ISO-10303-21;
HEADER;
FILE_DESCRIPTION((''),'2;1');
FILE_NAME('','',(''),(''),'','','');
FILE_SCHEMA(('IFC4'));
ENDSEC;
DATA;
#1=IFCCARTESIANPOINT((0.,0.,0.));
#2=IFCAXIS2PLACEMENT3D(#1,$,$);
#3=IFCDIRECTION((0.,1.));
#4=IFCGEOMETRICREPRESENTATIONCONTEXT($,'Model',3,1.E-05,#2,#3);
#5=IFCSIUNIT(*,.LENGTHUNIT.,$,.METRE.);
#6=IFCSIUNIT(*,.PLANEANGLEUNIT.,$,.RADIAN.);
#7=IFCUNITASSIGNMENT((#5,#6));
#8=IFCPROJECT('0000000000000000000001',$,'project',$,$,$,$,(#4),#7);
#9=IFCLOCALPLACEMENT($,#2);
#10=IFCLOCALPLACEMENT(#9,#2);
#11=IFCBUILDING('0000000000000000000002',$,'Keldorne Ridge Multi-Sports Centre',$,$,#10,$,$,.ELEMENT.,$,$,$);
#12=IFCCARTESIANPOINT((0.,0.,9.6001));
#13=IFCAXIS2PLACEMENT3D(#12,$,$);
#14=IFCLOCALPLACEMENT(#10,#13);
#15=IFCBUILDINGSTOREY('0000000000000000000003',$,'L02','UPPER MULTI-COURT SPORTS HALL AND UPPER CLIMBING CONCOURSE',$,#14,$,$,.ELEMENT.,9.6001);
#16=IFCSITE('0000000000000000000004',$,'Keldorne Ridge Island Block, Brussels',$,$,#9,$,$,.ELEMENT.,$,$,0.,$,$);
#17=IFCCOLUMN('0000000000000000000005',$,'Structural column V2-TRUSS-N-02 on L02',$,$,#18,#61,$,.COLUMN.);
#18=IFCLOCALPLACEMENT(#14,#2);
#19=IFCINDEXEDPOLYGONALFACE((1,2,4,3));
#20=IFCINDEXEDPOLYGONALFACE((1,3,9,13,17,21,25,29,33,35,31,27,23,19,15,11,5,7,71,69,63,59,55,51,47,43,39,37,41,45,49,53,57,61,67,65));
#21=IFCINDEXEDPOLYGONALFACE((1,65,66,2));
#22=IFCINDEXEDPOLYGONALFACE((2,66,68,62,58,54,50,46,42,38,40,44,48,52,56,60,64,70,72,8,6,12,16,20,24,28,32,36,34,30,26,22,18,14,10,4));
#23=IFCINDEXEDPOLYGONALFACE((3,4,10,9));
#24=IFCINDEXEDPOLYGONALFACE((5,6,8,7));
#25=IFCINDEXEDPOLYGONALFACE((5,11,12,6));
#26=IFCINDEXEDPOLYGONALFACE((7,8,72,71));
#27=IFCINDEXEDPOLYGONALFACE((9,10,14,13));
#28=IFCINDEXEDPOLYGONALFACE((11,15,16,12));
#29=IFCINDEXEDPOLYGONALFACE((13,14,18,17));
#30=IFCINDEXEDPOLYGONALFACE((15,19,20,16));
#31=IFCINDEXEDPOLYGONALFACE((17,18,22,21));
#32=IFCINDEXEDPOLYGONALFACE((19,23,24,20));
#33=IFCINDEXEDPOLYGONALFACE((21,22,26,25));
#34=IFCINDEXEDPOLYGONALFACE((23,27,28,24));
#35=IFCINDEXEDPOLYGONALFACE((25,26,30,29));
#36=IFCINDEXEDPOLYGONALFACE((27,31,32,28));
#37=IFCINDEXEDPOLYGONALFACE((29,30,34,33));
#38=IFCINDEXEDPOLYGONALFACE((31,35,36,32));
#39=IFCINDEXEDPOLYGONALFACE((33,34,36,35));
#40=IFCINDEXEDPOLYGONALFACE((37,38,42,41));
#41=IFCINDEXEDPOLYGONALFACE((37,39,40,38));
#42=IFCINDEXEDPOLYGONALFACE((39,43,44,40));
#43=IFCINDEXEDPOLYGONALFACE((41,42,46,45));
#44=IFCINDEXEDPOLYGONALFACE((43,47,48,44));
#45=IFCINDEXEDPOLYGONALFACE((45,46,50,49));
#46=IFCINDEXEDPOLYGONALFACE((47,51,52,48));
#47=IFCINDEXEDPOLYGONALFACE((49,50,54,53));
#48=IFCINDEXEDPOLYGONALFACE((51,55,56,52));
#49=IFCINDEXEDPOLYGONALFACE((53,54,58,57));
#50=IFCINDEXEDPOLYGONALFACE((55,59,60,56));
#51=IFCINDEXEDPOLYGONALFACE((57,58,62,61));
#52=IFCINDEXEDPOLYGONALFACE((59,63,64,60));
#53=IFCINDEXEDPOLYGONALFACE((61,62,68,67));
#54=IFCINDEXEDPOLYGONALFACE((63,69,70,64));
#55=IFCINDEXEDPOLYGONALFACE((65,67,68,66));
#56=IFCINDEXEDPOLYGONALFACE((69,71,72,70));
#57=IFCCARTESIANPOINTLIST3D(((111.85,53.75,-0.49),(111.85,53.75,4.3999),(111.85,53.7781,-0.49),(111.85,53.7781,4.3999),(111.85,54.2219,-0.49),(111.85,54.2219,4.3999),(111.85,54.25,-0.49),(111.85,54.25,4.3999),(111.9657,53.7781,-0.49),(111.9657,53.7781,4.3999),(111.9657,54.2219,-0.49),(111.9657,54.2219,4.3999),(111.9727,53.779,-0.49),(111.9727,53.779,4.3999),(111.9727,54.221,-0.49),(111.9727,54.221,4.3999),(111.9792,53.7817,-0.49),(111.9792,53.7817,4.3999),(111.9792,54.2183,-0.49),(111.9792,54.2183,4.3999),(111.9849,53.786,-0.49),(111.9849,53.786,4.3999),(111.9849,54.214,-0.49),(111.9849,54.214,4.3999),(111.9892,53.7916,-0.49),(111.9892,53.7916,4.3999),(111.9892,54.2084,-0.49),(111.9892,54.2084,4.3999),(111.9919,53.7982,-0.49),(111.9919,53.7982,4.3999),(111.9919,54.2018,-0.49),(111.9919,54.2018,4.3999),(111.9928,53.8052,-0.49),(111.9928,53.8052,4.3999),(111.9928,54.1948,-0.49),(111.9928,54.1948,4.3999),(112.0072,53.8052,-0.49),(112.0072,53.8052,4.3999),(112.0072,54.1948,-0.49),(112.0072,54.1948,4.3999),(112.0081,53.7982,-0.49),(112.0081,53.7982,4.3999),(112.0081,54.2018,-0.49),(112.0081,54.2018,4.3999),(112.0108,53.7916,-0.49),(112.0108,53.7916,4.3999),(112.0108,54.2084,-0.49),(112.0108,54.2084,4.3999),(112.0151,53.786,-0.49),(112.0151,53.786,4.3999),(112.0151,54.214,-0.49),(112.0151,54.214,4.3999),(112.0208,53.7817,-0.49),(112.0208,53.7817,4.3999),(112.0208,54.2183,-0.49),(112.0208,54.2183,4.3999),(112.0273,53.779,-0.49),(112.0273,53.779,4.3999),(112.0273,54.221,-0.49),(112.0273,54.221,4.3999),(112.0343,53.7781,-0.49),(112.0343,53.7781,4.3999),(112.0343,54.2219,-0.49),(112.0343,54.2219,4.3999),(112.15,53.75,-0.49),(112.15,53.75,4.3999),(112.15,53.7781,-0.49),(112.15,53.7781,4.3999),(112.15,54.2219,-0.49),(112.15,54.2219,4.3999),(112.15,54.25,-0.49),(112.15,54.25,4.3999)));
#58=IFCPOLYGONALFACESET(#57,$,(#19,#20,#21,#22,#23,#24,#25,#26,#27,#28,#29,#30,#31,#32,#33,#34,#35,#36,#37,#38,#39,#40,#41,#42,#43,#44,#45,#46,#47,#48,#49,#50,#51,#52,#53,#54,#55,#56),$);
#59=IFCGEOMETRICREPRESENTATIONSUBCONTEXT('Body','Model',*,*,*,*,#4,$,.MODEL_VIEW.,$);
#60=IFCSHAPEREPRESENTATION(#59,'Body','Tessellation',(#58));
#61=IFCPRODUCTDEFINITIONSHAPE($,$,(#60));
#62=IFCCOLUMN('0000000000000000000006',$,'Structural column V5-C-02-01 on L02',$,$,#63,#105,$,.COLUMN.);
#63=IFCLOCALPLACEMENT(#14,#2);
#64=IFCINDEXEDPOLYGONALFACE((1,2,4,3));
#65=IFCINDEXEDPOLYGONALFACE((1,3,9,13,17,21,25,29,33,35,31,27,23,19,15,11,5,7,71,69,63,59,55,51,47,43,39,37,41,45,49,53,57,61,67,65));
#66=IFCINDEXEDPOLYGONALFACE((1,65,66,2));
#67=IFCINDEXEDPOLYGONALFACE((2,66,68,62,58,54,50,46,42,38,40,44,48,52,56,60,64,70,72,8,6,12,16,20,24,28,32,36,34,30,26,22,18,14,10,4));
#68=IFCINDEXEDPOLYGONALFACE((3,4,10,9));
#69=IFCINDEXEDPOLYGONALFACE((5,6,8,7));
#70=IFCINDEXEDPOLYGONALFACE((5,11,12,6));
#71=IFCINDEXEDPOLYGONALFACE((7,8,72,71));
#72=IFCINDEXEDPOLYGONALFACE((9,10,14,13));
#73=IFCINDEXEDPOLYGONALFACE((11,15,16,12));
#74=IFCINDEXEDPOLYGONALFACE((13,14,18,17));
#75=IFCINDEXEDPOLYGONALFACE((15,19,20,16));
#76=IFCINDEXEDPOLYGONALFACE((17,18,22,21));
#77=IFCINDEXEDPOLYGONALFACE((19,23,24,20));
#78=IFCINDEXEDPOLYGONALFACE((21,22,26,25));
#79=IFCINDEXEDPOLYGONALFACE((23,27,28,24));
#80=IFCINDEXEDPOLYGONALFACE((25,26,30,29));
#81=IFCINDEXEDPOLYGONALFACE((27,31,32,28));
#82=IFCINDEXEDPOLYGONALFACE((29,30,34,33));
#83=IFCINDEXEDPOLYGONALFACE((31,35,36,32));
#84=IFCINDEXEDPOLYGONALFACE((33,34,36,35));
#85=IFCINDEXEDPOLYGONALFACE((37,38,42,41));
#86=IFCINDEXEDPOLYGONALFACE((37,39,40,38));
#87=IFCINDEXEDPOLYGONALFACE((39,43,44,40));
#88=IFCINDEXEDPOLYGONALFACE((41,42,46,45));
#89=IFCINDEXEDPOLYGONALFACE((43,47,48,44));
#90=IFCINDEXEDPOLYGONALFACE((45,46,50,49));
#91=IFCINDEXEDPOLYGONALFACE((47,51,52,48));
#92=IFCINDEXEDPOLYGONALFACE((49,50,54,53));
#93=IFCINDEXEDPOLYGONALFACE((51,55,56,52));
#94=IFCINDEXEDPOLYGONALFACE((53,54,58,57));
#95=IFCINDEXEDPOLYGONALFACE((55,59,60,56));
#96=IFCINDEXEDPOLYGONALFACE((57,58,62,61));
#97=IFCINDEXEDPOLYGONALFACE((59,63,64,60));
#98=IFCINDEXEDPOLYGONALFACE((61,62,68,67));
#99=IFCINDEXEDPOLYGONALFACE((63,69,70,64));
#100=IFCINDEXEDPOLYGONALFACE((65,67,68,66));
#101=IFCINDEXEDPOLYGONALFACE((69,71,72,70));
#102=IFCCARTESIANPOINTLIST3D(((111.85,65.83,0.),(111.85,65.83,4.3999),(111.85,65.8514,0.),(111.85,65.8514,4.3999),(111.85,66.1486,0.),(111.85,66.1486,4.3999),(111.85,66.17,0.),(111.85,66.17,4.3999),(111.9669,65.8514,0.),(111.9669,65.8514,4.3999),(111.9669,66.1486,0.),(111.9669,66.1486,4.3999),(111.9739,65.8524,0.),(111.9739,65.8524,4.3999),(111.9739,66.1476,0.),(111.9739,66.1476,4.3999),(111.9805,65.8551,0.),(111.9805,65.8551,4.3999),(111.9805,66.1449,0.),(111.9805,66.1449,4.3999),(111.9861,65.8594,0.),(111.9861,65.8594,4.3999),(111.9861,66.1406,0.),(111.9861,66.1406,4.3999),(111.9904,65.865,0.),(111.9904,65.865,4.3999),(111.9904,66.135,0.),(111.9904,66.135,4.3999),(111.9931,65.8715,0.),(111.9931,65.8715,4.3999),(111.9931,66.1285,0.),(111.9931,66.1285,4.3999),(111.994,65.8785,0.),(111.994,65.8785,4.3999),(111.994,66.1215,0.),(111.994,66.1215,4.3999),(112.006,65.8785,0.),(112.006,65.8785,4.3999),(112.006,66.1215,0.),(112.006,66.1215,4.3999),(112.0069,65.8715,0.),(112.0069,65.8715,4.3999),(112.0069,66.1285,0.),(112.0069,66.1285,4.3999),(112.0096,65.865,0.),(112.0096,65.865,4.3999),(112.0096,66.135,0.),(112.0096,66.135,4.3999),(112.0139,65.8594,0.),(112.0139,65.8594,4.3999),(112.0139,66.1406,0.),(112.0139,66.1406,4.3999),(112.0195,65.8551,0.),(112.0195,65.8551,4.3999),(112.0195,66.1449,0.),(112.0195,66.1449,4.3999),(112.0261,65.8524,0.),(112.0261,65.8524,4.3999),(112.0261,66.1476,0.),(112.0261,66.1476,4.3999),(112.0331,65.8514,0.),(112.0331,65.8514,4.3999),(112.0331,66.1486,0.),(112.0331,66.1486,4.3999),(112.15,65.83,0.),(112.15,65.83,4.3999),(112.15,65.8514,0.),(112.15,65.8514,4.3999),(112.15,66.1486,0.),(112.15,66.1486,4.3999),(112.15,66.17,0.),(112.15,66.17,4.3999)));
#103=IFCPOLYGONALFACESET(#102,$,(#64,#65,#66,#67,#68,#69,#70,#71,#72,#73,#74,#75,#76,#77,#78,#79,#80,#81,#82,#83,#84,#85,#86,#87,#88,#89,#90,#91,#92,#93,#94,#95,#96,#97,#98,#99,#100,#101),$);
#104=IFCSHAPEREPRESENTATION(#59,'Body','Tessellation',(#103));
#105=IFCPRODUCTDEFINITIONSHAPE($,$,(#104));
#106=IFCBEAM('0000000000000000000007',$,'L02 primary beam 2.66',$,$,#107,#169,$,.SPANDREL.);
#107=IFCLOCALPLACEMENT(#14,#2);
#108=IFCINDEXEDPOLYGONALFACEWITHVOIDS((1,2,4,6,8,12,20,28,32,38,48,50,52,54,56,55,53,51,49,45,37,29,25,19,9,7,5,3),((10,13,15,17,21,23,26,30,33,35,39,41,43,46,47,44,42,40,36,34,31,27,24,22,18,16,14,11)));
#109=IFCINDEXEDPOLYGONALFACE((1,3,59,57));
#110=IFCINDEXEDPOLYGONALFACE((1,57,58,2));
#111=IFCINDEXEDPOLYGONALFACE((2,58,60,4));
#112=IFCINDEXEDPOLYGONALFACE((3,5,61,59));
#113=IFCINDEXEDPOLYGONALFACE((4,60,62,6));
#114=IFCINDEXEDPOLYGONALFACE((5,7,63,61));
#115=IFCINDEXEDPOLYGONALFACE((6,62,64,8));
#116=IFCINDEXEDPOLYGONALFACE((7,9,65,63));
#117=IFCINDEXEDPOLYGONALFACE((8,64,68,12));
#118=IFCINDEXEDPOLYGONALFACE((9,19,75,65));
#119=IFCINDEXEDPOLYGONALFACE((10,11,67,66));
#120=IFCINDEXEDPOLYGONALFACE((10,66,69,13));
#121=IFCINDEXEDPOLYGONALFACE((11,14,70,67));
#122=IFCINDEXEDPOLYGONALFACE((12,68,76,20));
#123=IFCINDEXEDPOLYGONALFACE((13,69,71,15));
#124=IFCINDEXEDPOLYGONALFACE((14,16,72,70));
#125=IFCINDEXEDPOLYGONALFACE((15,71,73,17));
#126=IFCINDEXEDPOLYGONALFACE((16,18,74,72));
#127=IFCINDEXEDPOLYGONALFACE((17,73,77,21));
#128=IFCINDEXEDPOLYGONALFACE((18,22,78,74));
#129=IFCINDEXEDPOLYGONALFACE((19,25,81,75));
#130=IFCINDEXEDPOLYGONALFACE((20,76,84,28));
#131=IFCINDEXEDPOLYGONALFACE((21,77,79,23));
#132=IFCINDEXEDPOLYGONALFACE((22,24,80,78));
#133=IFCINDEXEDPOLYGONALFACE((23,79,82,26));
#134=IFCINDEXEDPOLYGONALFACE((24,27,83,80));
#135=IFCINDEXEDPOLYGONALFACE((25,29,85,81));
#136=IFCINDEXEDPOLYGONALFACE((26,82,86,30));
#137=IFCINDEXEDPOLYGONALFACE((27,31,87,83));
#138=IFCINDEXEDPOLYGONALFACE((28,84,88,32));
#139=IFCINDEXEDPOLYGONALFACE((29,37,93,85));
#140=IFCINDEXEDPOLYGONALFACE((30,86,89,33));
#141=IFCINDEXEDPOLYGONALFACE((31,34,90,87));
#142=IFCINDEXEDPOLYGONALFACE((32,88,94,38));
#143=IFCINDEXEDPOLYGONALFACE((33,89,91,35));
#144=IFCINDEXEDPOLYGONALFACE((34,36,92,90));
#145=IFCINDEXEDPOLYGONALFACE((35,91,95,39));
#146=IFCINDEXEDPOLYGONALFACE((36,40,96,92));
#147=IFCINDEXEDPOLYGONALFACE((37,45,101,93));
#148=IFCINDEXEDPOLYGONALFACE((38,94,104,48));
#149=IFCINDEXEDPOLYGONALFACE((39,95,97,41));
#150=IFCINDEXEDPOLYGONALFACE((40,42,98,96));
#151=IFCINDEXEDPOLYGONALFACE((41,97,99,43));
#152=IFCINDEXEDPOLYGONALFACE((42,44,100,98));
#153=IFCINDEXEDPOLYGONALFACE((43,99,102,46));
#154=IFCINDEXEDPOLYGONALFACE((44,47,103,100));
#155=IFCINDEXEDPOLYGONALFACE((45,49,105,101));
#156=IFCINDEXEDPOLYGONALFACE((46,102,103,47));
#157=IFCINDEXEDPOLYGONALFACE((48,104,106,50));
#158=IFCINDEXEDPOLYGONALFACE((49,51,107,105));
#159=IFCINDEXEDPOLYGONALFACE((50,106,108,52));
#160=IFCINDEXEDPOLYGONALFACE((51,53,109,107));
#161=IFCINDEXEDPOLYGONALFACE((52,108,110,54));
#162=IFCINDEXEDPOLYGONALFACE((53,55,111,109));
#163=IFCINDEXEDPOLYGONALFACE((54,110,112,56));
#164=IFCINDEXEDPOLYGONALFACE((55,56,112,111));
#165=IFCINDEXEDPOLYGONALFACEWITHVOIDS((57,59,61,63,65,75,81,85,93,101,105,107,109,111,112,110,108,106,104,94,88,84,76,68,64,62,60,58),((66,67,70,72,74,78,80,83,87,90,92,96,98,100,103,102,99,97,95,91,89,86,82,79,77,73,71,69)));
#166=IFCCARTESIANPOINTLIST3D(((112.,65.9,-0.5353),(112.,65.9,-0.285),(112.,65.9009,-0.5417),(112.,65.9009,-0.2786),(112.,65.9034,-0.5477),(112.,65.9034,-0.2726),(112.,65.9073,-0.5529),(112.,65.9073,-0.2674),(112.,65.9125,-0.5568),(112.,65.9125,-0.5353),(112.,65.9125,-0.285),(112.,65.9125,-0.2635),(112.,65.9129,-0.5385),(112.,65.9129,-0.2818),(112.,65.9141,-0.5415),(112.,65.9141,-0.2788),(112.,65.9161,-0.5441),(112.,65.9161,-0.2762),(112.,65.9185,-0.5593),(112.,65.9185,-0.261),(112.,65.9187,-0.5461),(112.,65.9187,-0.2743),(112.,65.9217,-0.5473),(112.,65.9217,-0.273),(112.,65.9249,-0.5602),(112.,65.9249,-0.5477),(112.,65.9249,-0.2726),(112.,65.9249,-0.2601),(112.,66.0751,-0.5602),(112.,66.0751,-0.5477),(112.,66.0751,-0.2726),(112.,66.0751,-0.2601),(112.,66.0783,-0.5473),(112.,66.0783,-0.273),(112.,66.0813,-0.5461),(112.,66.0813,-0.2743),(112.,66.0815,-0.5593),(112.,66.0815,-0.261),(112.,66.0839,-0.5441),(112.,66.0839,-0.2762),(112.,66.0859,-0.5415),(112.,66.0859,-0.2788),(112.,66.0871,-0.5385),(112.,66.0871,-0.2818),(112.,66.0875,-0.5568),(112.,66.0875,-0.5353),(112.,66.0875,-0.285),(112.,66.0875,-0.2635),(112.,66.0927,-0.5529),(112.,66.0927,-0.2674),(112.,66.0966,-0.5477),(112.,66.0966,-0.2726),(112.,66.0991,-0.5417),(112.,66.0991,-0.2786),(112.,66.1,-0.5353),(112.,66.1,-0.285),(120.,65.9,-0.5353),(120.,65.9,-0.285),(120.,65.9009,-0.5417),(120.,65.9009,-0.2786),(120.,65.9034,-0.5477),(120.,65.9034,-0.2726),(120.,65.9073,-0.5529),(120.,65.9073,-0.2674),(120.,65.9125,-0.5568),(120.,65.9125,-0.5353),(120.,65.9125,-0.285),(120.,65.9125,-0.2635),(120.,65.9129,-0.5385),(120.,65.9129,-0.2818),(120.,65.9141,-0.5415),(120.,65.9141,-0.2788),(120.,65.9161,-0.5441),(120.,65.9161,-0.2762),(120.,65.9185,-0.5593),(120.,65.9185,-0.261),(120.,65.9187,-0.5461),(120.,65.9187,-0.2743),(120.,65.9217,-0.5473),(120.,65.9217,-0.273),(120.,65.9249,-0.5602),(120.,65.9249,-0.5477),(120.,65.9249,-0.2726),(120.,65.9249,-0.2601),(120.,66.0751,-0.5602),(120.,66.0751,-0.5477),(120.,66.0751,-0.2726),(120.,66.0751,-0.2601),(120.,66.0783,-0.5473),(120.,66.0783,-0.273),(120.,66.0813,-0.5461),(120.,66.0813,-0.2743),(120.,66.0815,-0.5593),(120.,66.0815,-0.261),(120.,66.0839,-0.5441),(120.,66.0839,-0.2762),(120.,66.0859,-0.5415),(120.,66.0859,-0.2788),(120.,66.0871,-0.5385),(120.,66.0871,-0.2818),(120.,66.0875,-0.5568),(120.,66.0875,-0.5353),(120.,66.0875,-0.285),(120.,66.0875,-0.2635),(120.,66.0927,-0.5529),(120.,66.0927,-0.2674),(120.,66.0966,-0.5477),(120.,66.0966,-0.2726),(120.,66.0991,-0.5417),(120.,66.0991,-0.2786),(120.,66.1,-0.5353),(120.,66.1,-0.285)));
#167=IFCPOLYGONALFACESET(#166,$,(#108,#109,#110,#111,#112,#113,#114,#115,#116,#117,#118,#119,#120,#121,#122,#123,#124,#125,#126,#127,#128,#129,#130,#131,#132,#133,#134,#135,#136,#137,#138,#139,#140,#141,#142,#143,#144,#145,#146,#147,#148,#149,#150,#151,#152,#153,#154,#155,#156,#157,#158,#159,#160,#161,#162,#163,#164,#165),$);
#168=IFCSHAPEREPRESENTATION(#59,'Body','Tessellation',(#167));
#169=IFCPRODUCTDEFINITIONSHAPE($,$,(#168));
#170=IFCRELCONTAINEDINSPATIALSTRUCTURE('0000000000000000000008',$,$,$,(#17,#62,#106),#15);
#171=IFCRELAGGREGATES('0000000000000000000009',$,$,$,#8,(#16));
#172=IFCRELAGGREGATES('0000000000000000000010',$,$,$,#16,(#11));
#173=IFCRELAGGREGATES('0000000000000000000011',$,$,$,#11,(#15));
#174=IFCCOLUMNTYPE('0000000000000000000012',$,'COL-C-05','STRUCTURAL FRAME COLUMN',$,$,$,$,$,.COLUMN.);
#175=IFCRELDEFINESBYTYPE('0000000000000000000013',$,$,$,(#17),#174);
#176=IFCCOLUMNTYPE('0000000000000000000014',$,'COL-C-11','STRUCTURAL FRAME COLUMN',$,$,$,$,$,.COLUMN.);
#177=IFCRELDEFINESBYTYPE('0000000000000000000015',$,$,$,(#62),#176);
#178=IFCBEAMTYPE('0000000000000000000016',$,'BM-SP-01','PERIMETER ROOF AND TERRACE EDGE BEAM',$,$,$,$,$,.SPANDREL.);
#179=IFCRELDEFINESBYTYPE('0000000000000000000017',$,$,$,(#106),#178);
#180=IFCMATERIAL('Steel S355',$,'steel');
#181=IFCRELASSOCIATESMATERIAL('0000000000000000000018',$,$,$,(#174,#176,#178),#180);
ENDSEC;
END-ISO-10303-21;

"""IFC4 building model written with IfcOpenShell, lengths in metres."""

from ifc_helpers import new_model, si_unit, direction, frame, origin, origin_2d, place, context, subcontext, project, spatial, hollow_rectangle, i_section, extrude, material, material_profile, profile_set, type_object, element, save


model = new_model("IFC4")

# Units and contexts
model_context = context("Model", 3, precision=1e-05, world=origin(), true_north=direction((0.0, 1.0)))
body_context = subcontext(model_context, "Body", "Model", "MODEL_VIEW")
ifc_project = project(units=[si_unit("LENGTHUNIT", "METRE"), si_unit("PLANEANGLEUNIT", "RADIAN")], contexts=[model_context])

# Site, building, storey
site_placement = place(None, origin())
site = spatial("IfcSite", under=ifc_project, at=site_placement, Name="Keldorne Ridge Island Block, Brussels", CompositionType="ELEMENT", RefElevation=0.0)
building_placement = place(site_placement, origin())
building = spatial("IfcBuilding", under=site, at=building_placement, Name="Keldorne Ridge Multi-Sports Centre", CompositionType="ELEMENT")
storey_placement = place(building_placement, frame((0.0, 0.0, 9.6001)))
storey = spatial("IfcBuildingStorey", under=building, at=storey_placement, Name="L02", Description="UPPER MULTI-COURT SPORTS HALL AND UPPER CLIMBING CONCOURSE", CompositionType="ELEMENT", Elevation=9.6001)

# Columns
ifc_material_1 = material(Name="Steel S355", Category="steel")
ifc_material_profile_1 = material_profile(ifc_material_1, i_section(OverallWidth=0.3, OverallDepth=0.5, WebThickness=0.0144, FlangeThickness=0.0281, FilletRadius=0.0271, at=origin_2d()), Name="HEB 500")
ifc_profile_set_1 = profile_set([ifc_material_profile_1], Name="Steel S355")
column_type_1 = type_object("IfcColumnType", Name="COL-C-05", Description="STRUCTURAL FRAME COLUMN", PredefinedType="COLUMN", material=ifc_profile_set_1)
column_1_placement = place(storey_placement, frame((112.0, 54.0, -0.49), z_axis=(0.0, 0.0, 1.0), x_axis=(1.0, 0.0, 0.0)))
element("IfcColumn", 1, at=column_1_placement, inside=storey, type_object=column_type_1, Name="Structural column V2-TRUSS-N-02 on L02", PredefinedType="COLUMN", context=body_context, shape_type="SweptSolid", body=[
    extrude(i_section(OverallWidth=0.3, OverallDepth=0.5, WebThickness=0.0144, FlangeThickness=0.0281, FilletRadius=0.0271, at=origin_2d()), origin(), (0.0, 0.0, 1.0), 4.8899),
])
ifc_material_profile_2 = material_profile(ifc_material_1, i_section(OverallWidth=0.3, OverallDepth=0.3401, WebThickness=0.012, FlangeThickness=0.0215, FilletRadius=0.0271, at=origin_2d()), Name="HEB 340")
ifc_profile_set_2 = profile_set([ifc_material_profile_2], Name="Steel S355")
column_type_2 = type_object("IfcColumnType", Name="COL-C-11", Description="STRUCTURAL FRAME COLUMN", PredefinedType="COLUMN", material=ifc_profile_set_2)
column_2_placement = place(storey_placement, frame((112.0, 66.0, 0.0), z_axis=(0.0, 0.0, 1.0), x_axis=(1.0, 0.0, 0.0)))
element("IfcColumn", 2, at=column_2_placement, inside=storey, type_object=column_type_2, Name="Structural column V5-C-02-01 on L02", PredefinedType="COLUMN", context=body_context, shape_type="SweptSolid", body=[
    extrude(i_section(OverallWidth=0.3, OverallDepth=0.3401, WebThickness=0.012, FlangeThickness=0.0215, FilletRadius=0.0271, at=origin_2d()), origin(), (0.0, 0.0, 1.0), 4.3999),
])

# Beam
ifc_material_profile_3 = material_profile(ifc_material_1, hollow_rectangle(XDim=0.2, YDim=0.3, WallThickness=0.0125, InnerFilletRadius=0.0125, OuterFilletRadius=0.0249, at=origin_2d()), Name="RHS 300x200x12.5")
ifc_profile_set_3 = profile_set([ifc_material_profile_3], Name="Steel S355")
beam_type_1 = type_object("IfcBeamType", Name="BM-SP-01", Description="PERIMETER ROOF AND TERRACE EDGE BEAM", PredefinedType="SPANDREL", material=ifc_profile_set_3)
beam_1_placement = place(storey_placement, frame((112.0, 66.0, -0.4102), z_axis=(1.0, 0.0, 0.0), x_axis=(0.0, 1.0, 0.0)))
element("IfcBeam", 3, at=beam_1_placement, inside=storey, type_object=beam_type_1, Name="L02 primary beam 2.66", PredefinedType="SPANDREL", context=body_context, shape_type="SweptSolid", body=[
    extrude(hollow_rectangle(XDim=0.2, YDim=0.3, WallThickness=0.0125, InnerFilletRadius=0.0125, OuterFilletRadius=0.0249, at=origin_2d()), origin(), (0.0, 0.0, 1.0), 8.0),
])

save(model, "model.ifc")
